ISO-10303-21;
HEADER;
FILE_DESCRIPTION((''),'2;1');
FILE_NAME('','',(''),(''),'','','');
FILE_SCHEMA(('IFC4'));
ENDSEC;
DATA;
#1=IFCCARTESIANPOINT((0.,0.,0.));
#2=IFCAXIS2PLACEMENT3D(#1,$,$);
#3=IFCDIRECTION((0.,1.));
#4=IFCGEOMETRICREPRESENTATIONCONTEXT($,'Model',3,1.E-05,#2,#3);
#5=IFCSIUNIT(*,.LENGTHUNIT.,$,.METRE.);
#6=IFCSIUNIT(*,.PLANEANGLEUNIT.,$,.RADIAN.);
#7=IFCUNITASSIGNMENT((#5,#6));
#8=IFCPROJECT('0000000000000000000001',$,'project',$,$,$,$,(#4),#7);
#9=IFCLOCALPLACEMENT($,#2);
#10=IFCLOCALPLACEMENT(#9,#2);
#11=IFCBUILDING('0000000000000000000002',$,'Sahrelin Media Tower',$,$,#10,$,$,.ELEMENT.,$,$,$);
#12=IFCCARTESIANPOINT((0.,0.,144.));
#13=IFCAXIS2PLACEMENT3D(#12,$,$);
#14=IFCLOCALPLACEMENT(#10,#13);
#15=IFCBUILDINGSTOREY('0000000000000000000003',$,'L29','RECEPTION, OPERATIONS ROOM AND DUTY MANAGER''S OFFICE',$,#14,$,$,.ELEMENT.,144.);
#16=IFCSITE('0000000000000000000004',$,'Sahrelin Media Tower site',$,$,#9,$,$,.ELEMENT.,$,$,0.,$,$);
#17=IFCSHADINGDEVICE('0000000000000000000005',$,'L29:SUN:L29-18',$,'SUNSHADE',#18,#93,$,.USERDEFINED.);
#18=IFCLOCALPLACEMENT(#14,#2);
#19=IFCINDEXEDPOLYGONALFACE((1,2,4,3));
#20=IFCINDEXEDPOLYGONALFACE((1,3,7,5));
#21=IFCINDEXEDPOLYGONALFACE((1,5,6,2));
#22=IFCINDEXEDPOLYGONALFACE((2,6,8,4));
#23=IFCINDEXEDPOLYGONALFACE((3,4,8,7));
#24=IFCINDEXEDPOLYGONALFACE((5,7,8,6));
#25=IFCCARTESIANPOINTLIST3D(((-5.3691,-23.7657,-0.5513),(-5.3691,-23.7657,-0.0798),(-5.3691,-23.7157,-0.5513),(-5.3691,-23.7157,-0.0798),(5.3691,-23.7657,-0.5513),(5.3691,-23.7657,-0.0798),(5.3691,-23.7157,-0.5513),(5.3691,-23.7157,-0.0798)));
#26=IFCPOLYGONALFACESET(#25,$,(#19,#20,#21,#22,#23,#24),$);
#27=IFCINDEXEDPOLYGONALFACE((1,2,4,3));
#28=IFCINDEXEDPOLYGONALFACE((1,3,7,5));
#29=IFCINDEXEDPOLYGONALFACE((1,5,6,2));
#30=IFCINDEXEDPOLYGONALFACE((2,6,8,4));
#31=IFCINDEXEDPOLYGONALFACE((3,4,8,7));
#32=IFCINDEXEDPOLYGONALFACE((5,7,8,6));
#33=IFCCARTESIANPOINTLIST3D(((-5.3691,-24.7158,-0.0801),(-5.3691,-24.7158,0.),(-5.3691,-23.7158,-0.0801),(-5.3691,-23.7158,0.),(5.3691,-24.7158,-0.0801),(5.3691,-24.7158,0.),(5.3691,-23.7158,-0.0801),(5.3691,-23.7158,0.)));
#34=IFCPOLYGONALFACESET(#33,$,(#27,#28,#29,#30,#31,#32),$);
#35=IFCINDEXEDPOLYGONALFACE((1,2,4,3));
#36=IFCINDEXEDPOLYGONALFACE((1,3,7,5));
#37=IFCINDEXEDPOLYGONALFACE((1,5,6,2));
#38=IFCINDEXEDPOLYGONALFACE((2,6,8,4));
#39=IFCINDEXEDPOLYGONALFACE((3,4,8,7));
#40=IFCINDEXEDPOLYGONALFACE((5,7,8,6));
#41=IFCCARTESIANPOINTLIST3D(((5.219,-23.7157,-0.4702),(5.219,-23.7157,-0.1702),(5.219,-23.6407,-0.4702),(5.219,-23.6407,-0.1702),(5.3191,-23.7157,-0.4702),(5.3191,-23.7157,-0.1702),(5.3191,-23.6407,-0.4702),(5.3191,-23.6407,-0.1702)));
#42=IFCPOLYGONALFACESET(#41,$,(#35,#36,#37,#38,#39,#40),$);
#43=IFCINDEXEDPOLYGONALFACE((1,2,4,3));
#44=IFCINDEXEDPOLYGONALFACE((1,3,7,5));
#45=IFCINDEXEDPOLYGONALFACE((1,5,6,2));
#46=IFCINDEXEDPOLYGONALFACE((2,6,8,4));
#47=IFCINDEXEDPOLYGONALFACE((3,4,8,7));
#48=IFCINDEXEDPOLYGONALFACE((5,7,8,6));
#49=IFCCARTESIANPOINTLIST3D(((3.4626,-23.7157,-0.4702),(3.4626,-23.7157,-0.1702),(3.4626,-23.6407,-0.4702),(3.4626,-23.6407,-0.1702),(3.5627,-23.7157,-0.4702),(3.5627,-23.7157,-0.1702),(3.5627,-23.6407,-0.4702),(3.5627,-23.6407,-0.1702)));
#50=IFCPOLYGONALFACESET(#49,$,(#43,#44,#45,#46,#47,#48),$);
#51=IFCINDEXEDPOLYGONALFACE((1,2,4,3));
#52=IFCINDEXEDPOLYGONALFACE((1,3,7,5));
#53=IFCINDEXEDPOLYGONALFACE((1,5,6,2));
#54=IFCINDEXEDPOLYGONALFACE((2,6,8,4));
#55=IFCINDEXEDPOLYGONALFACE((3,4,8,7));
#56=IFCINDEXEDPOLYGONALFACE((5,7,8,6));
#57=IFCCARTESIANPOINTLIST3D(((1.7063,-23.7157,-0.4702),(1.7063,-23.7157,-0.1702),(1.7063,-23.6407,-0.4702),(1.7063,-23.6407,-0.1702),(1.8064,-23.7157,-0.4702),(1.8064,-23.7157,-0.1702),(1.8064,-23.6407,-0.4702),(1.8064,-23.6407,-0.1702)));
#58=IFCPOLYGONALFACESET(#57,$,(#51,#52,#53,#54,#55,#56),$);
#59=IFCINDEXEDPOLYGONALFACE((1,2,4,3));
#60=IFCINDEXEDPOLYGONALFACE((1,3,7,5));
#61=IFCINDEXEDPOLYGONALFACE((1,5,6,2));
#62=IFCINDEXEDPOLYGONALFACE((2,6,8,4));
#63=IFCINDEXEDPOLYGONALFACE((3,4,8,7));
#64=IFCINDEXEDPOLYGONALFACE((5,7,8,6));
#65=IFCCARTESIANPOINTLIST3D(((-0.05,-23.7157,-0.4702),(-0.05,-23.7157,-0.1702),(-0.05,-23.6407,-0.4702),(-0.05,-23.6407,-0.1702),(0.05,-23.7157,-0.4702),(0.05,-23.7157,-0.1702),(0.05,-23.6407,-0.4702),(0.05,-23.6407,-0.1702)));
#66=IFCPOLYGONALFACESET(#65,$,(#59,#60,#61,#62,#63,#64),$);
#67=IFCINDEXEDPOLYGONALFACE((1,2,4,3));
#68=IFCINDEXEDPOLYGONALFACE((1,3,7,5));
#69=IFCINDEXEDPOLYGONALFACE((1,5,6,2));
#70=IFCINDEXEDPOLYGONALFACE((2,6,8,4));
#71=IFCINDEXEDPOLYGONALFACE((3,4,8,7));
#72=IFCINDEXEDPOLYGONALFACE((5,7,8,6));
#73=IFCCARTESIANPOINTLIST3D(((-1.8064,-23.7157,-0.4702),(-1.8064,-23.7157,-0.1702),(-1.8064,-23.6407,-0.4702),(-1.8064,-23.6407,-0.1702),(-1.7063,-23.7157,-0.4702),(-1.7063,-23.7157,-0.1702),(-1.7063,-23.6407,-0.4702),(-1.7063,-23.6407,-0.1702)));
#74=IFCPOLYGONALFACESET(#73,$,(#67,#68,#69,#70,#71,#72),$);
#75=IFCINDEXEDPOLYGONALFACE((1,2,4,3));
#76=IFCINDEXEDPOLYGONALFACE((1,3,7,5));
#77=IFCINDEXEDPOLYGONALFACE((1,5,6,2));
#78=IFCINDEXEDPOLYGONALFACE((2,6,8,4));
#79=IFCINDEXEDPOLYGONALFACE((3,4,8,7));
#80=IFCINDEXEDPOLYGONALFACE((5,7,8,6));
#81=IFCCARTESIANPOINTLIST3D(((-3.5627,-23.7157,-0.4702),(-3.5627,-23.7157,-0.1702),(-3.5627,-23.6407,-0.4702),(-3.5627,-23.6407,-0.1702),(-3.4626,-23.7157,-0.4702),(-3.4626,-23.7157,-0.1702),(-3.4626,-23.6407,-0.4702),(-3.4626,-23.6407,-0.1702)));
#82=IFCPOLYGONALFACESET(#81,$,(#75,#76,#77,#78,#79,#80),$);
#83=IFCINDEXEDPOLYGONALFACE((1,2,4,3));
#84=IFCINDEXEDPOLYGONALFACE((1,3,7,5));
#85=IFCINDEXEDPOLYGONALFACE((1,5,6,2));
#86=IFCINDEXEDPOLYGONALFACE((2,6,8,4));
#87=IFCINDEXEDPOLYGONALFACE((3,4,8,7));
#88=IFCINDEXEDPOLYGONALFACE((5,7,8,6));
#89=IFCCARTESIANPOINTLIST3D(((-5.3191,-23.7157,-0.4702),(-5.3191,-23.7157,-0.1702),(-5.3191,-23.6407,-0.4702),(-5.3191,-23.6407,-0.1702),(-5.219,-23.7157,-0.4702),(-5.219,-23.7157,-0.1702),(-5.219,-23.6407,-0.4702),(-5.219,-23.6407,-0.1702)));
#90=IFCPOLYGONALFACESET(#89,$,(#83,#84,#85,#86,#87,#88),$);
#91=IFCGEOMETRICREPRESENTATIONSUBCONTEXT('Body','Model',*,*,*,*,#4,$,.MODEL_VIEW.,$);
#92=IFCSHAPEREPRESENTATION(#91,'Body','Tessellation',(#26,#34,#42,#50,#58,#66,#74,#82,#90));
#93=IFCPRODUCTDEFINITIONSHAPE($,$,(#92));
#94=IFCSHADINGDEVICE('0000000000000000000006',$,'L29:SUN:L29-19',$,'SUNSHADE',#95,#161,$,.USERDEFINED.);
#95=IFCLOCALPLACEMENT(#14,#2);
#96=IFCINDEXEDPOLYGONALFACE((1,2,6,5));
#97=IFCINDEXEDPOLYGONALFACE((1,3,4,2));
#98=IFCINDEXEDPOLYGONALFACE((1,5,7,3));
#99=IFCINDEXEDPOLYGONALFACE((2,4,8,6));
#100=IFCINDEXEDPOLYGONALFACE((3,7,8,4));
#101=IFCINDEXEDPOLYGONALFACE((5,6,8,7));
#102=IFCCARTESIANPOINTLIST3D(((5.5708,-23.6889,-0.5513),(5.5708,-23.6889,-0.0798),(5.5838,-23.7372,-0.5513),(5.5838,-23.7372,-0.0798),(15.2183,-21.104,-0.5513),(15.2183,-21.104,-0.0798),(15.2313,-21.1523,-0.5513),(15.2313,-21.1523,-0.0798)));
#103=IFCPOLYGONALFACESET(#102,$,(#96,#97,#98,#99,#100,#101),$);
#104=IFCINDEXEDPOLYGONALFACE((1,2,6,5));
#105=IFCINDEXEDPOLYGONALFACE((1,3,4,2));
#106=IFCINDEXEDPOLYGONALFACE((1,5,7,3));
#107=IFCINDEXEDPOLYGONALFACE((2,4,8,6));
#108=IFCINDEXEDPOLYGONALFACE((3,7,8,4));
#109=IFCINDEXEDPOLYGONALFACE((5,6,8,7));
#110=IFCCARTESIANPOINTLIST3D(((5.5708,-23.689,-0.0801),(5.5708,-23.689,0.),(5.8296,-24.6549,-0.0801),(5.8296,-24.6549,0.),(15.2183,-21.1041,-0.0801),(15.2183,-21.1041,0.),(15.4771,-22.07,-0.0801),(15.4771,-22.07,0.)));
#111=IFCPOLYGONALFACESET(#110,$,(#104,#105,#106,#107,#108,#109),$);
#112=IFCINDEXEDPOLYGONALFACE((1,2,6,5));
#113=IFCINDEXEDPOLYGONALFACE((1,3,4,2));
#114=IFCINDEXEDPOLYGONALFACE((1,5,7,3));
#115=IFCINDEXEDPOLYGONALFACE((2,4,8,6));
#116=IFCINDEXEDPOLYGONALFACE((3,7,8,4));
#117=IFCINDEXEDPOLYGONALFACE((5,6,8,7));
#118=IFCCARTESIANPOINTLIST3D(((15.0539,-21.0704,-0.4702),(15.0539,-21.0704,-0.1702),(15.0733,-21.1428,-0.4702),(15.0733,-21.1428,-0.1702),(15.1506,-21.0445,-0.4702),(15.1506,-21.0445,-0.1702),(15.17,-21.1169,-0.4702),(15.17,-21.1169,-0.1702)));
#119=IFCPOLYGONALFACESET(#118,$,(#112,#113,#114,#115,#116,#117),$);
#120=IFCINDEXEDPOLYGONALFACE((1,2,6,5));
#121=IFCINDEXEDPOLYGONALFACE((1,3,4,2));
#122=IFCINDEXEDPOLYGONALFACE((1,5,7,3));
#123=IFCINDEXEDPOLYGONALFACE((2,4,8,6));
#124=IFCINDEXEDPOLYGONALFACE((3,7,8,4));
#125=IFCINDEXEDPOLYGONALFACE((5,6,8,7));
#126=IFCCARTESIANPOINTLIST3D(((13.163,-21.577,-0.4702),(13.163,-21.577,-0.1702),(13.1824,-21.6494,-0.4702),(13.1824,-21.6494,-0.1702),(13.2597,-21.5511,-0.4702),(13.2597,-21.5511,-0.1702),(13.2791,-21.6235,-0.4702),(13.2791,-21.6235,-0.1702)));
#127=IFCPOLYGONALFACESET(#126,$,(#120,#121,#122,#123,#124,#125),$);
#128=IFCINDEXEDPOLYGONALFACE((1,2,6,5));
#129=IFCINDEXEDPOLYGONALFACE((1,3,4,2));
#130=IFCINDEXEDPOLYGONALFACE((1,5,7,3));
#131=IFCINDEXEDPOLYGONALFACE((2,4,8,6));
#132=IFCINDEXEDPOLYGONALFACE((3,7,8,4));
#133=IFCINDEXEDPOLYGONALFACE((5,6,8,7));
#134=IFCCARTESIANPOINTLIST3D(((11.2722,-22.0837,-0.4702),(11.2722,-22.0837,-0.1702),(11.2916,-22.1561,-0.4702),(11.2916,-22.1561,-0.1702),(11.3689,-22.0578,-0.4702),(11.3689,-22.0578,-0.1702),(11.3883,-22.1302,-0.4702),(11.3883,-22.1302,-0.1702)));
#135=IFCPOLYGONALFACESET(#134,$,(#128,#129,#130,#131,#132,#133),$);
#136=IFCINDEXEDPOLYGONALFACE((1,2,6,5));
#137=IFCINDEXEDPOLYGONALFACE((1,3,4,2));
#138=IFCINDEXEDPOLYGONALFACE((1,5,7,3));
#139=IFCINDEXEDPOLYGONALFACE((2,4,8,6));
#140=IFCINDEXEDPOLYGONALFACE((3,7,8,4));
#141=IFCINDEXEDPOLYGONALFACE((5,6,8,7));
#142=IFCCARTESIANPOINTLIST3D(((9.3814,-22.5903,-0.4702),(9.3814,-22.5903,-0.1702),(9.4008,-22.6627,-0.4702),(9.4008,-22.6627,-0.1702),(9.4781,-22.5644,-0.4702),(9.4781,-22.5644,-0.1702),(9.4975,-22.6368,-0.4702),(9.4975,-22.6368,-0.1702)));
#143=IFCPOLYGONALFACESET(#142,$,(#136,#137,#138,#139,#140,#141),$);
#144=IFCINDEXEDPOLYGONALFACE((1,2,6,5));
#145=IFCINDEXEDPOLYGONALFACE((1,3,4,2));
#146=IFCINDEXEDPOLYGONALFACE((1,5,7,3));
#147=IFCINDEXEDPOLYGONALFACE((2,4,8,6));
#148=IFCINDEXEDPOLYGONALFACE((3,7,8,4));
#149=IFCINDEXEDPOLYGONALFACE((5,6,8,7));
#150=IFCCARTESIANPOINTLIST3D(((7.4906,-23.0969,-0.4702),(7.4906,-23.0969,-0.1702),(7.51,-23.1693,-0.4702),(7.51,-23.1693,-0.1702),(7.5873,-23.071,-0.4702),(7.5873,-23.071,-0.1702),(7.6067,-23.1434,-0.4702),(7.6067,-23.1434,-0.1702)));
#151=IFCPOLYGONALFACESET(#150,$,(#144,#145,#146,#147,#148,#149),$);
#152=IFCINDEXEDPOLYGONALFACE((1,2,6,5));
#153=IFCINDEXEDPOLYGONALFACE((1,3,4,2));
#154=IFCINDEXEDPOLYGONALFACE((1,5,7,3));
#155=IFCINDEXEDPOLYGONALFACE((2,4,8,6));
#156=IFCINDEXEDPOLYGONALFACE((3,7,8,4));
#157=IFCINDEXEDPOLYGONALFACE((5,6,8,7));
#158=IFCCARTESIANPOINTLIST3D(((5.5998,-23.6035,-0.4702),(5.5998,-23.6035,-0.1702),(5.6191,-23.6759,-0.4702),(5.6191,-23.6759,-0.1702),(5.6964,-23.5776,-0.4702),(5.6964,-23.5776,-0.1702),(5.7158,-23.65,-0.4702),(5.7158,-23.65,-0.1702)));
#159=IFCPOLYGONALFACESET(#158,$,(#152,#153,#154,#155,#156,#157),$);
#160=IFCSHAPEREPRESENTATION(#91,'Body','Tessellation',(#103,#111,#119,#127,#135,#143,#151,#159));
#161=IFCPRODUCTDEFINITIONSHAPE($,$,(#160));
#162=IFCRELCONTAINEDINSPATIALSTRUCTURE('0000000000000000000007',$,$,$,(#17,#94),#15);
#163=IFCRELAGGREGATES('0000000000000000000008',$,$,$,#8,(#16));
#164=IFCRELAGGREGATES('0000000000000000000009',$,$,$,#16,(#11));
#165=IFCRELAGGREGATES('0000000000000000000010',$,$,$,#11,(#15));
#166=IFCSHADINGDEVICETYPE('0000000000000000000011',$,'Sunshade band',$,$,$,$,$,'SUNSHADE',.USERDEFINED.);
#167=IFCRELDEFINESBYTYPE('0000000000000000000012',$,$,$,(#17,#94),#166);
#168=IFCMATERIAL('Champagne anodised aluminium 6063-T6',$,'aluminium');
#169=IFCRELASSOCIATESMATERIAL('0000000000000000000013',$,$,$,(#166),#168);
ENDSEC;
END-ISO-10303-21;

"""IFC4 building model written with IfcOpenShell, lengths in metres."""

from ifc_helpers import new_model, si_unit, direction, frame, origin, origin_2d, place, context, subcontext, project, spatial, rectangle, extrude, material, type_object, element, save


model = new_model("IFC4")

# Units and contexts
model_context = context("Model", 3, precision=1e-05, world=origin(), true_north=direction((0.0, 1.0)))
body_context = subcontext(model_context, "Body", "Model", "MODEL_VIEW")
ifc_project = project(units=[si_unit("LENGTHUNIT", "METRE"), si_unit("PLANEANGLEUNIT", "RADIAN")], contexts=[model_context])

# Site, building, storey
site_placement = place(None, origin())
site = spatial("IfcSite", under=ifc_project, at=site_placement, Name="Sahrelin Media Tower site", CompositionType="ELEMENT", RefElevation=0.0)
building_placement = place(site_placement, origin())
building = spatial("IfcBuilding", under=site, at=building_placement, Name="Sahrelin Media Tower", CompositionType="ELEMENT")
storey_placement = place(building_placement, frame((0.0, 0.0, 144.0)))
storey = spatial("IfcBuildingStorey", under=building, at=storey_placement, Name="L29", Description="RECEPTION, OPERATIONS ROOM AND DUTY MANAGER'S OFFICE", CompositionType="ELEMENT", Elevation=144.0)

# Shared definitions
ifc_material_1 = material(Name="Champagne anodised aluminium 6063-T6", Category="aluminium")

# Shading devices
placement_1 = place(storey_placement, frame((0.0, -23.6958, 0.0), z_axis=(0.0, 0.0, 1.0), x_axis=(-1.0, 0.0, 0.0)))
placement_2 = place(storey_placement, frame((10.3894, -22.3772, 0.0), z_axis=(0.0, 0.0, 1.0), x_axis=(-0.965929, -0.258808, 0.0)))
shading_device_type_1 = type_object("IfcShadingDeviceType", Name="Sunshade band", ElementType="SUNSHADE", PredefinedType="USERDEFINED", material=ifc_material_1)
element("IfcShadingDevice", 1, at=placement_1, inside=storey, type_object=shading_device_type_1, Name="L29:SUN:L29-18", ObjectType="SUNSHADE", PredefinedType="USERDEFINED", context=body_context, shape_type="SweptSolid", body=[
    extrude(rectangle(XDim=10.7383, YDim=0.05, at=origin_2d()), frame((0.0, 0.0449, -0.5513)), (0.0, 0.0, 1.0), 0.4714),
    extrude(rectangle(XDim=10.7383, YDim=1.0, at=origin_2d()), frame((0.0, 0.52, -0.0801)), (0.0, 0.0, 1.0), 0.0801),
    extrude(rectangle(XDim=0.1001, YDim=0.075, at=origin_2d()), frame((-5.269, -0.0176, -0.4702)), (0.0, 0.0, 1.0), 0.3),
    extrude(rectangle(XDim=0.1001, YDim=0.075, at=origin_2d()), frame((-3.5127, -0.0176, -0.4702)), (0.0, 0.0, 1.0), 0.3),
    extrude(rectangle(XDim=0.1001, YDim=0.075, at=origin_2d()), frame((-1.7563, -0.0176, -0.4702)), (0.0, 0.0, 1.0), 0.3),
    extrude(rectangle(XDim=0.1001, YDim=0.075, at=origin_2d()), frame((0.0, -0.0176, -0.4702)), (0.0, 0.0, 1.0), 0.3),
    extrude(rectangle(XDim=0.1001, YDim=0.075, at=origin_2d()), frame((1.7563, -0.0176, -0.4702)), (0.0, 0.0, 1.0), 0.3),
    extrude(rectangle(XDim=0.1001, YDim=0.075, at=origin_2d()), frame((3.5127, -0.0176, -0.4702)), (0.0, 0.0, 1.0), 0.3),
    extrude(rectangle(XDim=0.1001, YDim=0.075, at=origin_2d()), frame((5.269, -0.0176, -0.4702)), (0.0, 0.0, 1.0), 0.3),
])
element("IfcShadingDevice", 2, at=placement_2, inside=storey, type_object=shading_device_type_1, Name="L29:SUN:L29-19", ObjectType="SUNSHADE", PredefinedType="USERDEFINED", context=body_context, shape_type="SweptSolid", body=[
    extrude(rectangle(XDim=9.9878, YDim=0.05, at=origin_2d()), frame((0.0, 0.0449, -0.5513)), (0.0, 0.0, 1.0), 0.4714),
    extrude(rectangle(XDim=9.9878, YDim=1.0, at=origin_2d()), frame((0.0, 0.52, -0.0801)), (0.0, 0.0, 1.0), 0.0801),
    extrude(rectangle(XDim=0.1001, YDim=0.075, at=origin_2d()), frame((-4.8938, -0.0176, -0.4702)), (0.0, 0.0, 1.0), 0.3),
    extrude(rectangle(XDim=0.1001, YDim=0.075, at=origin_2d()), frame((-2.9363, -0.0176, -0.4702)), (0.0, 0.0, 1.0), 0.3),
    extrude(rectangle(XDim=0.1001, YDim=0.075, at=origin_2d()), frame((-0.9788, -0.0176, -0.4702)), (0.0, 0.0, 1.0), 0.3),
    extrude(rectangle(XDim=0.1001, YDim=0.075, at=origin_2d()), frame((0.9788, -0.0176, -0.4702)), (0.0, 0.0, 1.0), 0.3),
    extrude(rectangle(XDim=0.1001, YDim=0.075, at=origin_2d()), frame((2.9363, -0.0176, -0.4702)), (0.0, 0.0, 1.0), 0.3),
    extrude(rectangle(XDim=0.1001, YDim=0.075, at=origin_2d()), frame((4.8938, -0.0176, -0.4702)), (0.0, 0.0, 1.0), 0.3),
])

save(model, "model.ifc")
